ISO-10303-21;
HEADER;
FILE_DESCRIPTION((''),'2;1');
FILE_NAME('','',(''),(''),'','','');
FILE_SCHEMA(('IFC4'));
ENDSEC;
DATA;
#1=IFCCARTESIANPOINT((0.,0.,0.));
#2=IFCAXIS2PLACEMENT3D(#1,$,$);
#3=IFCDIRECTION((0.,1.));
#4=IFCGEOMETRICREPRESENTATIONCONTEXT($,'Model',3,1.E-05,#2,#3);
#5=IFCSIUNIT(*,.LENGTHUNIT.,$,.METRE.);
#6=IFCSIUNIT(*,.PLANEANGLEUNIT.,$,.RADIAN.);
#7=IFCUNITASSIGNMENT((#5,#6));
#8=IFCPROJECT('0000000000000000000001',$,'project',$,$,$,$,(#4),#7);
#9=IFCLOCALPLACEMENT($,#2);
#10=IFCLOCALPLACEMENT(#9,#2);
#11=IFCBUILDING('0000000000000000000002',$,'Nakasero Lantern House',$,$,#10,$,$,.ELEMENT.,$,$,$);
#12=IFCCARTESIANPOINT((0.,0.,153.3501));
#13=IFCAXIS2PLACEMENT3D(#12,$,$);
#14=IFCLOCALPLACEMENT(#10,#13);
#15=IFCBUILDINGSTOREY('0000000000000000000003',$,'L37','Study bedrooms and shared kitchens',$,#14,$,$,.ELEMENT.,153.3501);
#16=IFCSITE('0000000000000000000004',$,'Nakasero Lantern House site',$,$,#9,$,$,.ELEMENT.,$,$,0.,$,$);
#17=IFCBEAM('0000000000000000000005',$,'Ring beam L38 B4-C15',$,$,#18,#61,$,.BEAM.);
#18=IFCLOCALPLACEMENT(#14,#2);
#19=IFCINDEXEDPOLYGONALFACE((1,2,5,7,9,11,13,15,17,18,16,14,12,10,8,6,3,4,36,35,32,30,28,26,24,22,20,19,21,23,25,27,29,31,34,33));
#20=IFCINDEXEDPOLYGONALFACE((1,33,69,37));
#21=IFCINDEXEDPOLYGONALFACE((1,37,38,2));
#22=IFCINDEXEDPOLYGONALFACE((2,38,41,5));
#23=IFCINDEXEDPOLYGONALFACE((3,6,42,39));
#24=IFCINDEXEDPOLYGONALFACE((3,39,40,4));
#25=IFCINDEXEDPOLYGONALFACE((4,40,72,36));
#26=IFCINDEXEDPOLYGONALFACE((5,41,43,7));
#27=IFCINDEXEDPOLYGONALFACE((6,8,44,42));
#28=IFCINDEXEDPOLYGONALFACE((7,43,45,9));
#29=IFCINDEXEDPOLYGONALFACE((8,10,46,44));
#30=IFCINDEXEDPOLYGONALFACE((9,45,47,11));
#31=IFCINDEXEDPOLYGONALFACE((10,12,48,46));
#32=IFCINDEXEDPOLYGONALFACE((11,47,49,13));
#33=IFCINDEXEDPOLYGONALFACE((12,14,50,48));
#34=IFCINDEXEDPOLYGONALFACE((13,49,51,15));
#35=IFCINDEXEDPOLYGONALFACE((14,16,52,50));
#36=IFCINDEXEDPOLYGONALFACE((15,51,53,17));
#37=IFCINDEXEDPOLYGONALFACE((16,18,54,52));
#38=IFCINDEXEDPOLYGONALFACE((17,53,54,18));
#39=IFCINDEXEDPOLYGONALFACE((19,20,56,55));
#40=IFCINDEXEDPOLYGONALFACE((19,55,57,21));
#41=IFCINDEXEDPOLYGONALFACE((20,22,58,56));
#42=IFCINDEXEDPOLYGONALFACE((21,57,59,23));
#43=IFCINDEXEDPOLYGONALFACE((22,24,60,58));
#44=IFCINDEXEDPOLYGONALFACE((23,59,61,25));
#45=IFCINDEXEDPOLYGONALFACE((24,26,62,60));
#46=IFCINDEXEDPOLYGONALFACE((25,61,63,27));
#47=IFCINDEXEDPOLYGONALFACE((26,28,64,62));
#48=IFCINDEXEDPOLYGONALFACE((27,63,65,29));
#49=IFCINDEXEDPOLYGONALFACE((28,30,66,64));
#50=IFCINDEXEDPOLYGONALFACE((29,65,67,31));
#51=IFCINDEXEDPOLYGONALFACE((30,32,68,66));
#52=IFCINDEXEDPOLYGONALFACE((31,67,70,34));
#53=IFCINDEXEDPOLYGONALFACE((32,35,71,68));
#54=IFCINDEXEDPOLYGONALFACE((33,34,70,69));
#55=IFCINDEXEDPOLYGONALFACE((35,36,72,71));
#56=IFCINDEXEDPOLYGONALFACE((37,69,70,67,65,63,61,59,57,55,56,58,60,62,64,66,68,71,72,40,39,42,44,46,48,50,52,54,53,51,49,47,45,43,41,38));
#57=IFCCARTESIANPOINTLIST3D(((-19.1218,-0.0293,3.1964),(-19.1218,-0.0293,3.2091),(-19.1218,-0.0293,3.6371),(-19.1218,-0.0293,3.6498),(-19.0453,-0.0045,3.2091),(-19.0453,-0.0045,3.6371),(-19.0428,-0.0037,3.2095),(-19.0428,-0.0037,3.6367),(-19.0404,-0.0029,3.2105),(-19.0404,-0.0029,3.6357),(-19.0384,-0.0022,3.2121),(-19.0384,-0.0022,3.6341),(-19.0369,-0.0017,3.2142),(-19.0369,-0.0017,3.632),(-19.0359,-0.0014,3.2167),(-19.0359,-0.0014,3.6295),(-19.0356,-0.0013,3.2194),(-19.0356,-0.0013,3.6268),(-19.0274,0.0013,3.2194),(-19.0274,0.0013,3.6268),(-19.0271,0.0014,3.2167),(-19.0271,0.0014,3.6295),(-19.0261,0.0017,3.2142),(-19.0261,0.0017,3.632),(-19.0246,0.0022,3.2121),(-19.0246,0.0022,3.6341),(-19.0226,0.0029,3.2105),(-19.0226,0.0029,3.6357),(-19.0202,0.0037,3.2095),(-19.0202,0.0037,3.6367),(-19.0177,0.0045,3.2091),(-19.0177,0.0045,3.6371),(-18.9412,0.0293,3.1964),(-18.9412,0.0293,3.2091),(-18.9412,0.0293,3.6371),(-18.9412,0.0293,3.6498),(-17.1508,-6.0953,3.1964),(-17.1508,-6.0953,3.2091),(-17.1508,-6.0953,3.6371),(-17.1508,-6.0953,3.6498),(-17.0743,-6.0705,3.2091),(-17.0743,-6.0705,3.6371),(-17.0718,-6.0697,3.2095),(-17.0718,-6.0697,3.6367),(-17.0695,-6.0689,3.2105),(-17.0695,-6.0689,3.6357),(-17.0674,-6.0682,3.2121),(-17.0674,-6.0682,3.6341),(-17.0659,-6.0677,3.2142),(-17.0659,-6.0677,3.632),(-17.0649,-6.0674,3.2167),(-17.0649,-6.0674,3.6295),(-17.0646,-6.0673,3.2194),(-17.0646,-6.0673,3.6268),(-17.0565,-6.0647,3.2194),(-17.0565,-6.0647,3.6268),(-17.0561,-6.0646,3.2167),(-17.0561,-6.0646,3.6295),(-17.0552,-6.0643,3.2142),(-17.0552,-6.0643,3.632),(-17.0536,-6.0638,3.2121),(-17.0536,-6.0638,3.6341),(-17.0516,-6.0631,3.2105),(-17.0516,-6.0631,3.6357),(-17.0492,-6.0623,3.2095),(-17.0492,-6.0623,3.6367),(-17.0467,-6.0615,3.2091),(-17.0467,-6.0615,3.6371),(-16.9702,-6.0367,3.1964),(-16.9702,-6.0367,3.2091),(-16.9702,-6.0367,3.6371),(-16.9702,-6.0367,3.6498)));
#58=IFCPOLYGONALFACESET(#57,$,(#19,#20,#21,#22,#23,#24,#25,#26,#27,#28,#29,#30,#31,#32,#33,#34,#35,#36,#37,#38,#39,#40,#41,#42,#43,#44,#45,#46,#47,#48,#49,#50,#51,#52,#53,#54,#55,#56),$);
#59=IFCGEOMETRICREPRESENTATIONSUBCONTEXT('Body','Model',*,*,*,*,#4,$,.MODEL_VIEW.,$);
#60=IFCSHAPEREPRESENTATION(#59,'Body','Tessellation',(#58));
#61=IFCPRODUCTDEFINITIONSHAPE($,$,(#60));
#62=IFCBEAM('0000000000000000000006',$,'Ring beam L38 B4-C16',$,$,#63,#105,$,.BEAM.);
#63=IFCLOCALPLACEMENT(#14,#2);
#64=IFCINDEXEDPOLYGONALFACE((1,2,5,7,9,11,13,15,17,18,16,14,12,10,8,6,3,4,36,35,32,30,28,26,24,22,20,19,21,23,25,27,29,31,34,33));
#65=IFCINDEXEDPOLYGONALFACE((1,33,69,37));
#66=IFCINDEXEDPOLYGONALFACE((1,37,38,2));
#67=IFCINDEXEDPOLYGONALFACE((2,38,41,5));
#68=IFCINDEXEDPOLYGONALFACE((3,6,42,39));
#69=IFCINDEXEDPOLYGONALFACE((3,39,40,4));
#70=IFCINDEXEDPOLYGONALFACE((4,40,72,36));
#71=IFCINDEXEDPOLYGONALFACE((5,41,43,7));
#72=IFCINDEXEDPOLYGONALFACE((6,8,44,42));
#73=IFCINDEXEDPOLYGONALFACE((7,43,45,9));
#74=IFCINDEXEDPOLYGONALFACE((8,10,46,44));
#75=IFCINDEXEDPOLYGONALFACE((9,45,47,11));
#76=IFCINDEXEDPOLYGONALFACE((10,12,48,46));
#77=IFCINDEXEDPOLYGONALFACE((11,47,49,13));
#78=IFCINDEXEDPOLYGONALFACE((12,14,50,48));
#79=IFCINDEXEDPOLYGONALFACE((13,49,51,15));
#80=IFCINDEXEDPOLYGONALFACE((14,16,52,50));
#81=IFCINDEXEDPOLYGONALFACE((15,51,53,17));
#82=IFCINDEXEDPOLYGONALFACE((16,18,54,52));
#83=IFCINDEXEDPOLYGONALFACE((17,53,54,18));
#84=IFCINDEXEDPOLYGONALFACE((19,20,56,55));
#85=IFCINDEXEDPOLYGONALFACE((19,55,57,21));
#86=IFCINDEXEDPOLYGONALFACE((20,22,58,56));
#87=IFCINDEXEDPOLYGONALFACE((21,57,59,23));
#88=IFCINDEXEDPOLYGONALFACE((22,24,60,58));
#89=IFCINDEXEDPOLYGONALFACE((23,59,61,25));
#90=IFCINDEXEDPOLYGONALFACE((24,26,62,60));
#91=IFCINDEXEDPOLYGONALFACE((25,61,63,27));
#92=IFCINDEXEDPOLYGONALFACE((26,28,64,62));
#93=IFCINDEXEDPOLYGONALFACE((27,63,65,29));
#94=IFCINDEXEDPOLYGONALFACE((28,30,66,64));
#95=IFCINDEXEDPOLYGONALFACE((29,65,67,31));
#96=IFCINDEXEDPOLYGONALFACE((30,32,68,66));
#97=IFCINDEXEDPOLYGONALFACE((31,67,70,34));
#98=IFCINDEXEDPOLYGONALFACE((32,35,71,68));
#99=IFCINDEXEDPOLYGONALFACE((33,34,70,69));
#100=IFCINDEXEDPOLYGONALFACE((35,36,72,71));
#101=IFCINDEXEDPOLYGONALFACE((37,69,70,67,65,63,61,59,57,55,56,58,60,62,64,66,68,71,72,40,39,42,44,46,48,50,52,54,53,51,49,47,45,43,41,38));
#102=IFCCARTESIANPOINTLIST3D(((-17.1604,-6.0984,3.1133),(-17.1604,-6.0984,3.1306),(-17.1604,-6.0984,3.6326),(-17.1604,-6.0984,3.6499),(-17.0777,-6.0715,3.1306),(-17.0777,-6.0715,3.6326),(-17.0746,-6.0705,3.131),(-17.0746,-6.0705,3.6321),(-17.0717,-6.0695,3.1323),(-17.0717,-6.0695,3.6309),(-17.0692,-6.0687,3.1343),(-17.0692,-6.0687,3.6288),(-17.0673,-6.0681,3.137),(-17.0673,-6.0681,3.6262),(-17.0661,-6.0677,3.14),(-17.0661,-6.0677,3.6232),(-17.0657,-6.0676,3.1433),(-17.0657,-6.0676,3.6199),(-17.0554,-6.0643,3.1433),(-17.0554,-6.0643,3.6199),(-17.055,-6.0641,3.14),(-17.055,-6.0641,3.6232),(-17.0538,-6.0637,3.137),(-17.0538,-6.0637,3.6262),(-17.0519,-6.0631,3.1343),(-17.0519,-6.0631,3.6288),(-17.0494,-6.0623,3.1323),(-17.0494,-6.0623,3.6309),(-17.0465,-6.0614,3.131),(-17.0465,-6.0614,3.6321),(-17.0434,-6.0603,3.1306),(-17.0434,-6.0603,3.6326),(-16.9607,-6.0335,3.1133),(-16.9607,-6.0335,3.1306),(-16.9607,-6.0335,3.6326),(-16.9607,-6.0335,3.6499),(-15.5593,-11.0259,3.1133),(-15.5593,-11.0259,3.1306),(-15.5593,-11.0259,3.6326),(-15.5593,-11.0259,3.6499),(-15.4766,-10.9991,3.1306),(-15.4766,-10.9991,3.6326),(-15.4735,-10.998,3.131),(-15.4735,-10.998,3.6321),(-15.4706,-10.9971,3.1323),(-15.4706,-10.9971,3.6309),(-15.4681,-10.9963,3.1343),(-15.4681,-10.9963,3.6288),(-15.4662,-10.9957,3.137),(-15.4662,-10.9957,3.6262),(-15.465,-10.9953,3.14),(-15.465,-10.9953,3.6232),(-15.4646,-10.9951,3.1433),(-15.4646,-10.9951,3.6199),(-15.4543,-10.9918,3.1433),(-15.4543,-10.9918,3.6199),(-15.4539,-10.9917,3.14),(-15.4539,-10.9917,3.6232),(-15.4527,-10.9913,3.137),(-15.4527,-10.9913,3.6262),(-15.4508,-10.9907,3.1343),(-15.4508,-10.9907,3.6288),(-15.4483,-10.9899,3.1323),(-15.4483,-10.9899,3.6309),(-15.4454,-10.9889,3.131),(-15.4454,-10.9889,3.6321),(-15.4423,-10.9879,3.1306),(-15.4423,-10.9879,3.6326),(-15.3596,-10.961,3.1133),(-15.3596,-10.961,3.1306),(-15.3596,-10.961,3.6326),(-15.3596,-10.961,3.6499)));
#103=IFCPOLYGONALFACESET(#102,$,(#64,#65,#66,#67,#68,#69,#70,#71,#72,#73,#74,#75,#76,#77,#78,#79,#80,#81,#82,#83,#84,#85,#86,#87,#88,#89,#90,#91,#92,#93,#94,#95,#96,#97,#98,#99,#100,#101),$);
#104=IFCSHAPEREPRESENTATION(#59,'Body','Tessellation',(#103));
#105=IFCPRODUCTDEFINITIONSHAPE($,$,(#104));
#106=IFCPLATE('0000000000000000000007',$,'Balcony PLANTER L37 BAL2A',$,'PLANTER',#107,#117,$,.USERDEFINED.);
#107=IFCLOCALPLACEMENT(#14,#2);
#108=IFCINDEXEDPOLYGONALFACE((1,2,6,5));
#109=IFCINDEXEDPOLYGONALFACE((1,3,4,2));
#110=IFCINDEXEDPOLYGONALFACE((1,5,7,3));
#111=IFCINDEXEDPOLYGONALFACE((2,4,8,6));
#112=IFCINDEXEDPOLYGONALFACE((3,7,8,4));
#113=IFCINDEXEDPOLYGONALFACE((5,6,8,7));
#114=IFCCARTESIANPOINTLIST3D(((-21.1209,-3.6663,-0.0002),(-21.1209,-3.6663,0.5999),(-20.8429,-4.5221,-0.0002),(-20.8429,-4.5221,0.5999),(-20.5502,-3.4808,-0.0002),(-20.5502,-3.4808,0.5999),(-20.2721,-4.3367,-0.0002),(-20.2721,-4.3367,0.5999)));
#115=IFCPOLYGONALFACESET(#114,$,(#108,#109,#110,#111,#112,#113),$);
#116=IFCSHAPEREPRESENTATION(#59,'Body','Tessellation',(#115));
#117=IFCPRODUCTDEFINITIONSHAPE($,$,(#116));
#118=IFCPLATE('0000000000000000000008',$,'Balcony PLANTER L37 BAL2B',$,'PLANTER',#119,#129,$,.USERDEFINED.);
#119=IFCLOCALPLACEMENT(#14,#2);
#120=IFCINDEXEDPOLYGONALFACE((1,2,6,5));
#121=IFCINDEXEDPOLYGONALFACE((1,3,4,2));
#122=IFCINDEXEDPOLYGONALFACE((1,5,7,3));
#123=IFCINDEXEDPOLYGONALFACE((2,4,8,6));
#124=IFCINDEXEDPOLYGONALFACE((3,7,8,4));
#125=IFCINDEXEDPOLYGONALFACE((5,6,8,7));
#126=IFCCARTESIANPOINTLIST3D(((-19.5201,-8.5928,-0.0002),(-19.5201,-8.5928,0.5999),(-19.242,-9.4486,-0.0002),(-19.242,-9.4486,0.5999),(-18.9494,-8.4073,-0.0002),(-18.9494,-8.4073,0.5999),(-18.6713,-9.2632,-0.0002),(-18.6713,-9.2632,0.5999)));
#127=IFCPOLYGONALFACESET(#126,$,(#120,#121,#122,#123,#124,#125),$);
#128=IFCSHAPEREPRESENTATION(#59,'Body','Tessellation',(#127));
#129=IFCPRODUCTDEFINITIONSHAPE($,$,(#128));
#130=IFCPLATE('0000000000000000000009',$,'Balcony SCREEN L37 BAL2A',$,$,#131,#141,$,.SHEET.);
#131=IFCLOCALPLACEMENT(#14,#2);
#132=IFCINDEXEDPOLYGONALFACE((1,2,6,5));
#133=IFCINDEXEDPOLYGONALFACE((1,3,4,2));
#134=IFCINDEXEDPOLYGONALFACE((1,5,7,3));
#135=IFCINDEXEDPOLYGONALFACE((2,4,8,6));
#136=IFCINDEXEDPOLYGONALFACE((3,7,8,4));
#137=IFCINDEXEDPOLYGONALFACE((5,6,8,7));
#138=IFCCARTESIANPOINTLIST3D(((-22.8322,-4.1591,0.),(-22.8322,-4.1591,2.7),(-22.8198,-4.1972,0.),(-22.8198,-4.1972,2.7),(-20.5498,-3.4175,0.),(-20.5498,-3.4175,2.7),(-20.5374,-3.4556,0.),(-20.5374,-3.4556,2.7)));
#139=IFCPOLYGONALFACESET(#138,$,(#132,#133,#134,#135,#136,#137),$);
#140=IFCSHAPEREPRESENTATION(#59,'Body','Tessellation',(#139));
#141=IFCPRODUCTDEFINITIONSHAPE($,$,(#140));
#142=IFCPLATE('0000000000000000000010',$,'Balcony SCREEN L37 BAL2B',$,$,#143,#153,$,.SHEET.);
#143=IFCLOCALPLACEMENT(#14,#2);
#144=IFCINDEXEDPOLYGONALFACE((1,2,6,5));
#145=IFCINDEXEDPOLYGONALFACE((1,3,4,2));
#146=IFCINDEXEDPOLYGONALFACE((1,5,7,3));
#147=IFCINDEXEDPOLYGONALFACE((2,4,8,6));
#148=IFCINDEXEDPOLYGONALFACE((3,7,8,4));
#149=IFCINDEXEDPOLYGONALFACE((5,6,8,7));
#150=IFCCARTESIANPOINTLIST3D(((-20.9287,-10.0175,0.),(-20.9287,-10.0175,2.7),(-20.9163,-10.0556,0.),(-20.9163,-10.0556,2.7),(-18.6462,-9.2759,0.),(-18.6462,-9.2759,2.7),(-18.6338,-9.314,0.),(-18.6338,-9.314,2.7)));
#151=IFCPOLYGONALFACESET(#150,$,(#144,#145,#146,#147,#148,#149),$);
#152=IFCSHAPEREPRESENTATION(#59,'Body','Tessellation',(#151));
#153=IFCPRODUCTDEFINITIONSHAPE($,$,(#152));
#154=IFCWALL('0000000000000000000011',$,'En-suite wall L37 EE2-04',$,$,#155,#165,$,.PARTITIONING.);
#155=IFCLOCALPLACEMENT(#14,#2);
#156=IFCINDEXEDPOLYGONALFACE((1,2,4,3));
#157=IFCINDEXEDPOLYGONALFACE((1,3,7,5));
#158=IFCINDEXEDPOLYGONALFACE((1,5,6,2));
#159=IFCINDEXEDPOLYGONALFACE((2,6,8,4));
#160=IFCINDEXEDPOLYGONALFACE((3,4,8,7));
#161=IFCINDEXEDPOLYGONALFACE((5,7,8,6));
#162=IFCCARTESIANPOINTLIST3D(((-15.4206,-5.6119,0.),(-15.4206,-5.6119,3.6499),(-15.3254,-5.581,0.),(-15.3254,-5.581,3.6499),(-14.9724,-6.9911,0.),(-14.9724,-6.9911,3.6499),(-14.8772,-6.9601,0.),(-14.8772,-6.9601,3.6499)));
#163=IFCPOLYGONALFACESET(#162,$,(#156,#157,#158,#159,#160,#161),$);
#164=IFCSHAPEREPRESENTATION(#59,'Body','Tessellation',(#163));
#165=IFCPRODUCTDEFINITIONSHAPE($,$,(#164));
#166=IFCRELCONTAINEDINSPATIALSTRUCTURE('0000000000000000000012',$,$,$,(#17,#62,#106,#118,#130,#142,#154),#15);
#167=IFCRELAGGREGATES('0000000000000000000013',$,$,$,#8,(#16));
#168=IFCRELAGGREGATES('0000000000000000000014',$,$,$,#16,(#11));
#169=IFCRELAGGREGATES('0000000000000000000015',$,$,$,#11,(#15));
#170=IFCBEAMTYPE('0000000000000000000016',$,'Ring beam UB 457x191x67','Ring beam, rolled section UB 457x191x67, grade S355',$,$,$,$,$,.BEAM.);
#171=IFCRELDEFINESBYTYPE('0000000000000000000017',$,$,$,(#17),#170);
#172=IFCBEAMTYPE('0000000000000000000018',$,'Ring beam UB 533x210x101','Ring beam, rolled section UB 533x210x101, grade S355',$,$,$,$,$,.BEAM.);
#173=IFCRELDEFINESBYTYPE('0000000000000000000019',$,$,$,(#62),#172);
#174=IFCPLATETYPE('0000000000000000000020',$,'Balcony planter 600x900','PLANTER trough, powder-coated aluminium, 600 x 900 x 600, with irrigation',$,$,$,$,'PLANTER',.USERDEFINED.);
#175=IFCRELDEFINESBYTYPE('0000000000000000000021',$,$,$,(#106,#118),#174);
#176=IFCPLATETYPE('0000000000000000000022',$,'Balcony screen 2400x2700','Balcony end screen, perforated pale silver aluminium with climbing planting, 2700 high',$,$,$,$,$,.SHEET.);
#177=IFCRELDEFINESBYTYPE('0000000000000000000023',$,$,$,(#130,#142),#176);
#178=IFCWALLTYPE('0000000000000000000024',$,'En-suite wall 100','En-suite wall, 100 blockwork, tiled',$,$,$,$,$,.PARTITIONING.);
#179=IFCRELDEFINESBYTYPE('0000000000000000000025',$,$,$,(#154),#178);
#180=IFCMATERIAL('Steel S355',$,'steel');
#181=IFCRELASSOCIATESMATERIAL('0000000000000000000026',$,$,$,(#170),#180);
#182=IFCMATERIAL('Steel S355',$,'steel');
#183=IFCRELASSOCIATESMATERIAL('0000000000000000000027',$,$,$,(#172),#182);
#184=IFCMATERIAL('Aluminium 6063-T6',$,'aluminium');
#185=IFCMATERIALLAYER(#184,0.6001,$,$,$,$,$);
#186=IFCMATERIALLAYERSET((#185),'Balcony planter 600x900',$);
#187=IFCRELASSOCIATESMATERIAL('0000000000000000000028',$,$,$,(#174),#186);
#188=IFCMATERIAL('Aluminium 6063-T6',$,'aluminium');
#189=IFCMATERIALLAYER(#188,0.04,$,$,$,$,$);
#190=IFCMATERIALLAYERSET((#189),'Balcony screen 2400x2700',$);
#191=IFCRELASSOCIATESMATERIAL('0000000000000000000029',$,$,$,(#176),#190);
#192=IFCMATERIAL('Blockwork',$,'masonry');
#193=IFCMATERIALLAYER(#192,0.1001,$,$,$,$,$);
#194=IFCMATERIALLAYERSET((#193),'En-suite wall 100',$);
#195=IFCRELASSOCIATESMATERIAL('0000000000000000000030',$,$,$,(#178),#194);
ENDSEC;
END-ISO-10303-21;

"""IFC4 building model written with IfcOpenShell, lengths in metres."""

from ifc_helpers import new_model, si_unit, direction, frame, frame_2d, origin, origin_2d, place, context, subcontext, project, spatial, rectangle, i_section, extrude, material, layer, layer_set, material_profile, profile_set, type_object, element, save


model = new_model("IFC4")

# Units and contexts
model_context = context("Model", 3, precision=1e-05, world=origin(), true_north=direction((0.0, 1.0)))
body_context = subcontext(model_context, "Body", "Model", "MODEL_VIEW")
ifc_project = project(units=[si_unit("LENGTHUNIT", "METRE"), si_unit("PLANEANGLEUNIT", "RADIAN")], contexts=[model_context])

# Site, building, storey
site_placement = place(None, origin())
site = spatial("IfcSite", under=ifc_project, at=site_placement, Name="Nakasero Lantern House site", CompositionType="ELEMENT", RefElevation=0.0)
building_placement = place(site_placement, origin())
building = spatial("IfcBuilding", under=site, at=building_placement, Name="Nakasero Lantern House", CompositionType="ELEMENT")
storey_placement = place(building_placement, frame((0.0, 0.0, 153.3501)))
storey = spatial("IfcBuildingStorey", under=building, at=storey_placement, Name="L37", Description="Study bedrooms and shared kitchens", CompositionType="ELEMENT", Elevation=153.3501)

# Beams
ifc_material_1 = material(Name="Steel S355", Category="steel")
ifc_material_profile_1 = material_profile(ifc_material_1, i_section(OverallWidth=0.1899, OverallDepth=0.4534, WebThickness=0.0085, FlangeThickness=0.0127, FilletRadius=0.0103, at=origin_2d()), Name="UB 457x191x67")
ifc_profile_set_1 = profile_set([ifc_material_profile_1], Name="Steel S355")
beam_type_1 = type_object("IfcBeamType", Name="Ring beam UB 457x191x67", Description="Ring beam, rolled section UB 457x191x67, grade S355", PredefinedType="BEAM", material=ifc_profile_set_1)
beam_1_placement = place(storey_placement, frame((-19.0315, 0.0, 3.4231), z_axis=(0.309019, -0.951056, 0.0), x_axis=(0.951056, 0.309019, 0.0)))
element("IfcBeam", 1, at=beam_1_placement, inside=storey, type_object=beam_type_1, Name="Ring beam L38 B4-C15", PredefinedType="BEAM", context=body_context, shape_type="SweptSolid", body=[
    extrude(i_section(OverallWidth=0.1899, OverallDepth=0.4534, WebThickness=0.0085, FlangeThickness=0.0127, FilletRadius=0.0103, at=origin_2d()), origin(), (0.0, 0.0, 1.0), 6.3782),
])
ifc_material_2 = material(Name="Steel S355", Category="steel")
ifc_material_profile_2 = material_profile(ifc_material_2, i_section(OverallWidth=0.21, OverallDepth=0.5366, WebThickness=0.0107, FlangeThickness=0.0173, FilletRadius=0.0127, at=origin_2d()), Name="UB 533x210x101")
ifc_profile_set_2 = profile_set([ifc_material_profile_2], Name="Steel S355")
beam_type_2 = type_object("IfcBeamType", Name="Ring beam UB 533x210x101", Description="Ring beam, rolled section UB 533x210x101, grade S355", PredefinedType="BEAM", material=ifc_profile_set_2)
beam_2_placement = place(storey_placement, frame((-17.0605, -6.0659, 3.3816), z_axis=(0.309023, -0.951054, 0.0), x_axis=(0.951054, 0.309023, 0.0)))
element("IfcBeam", 2, at=beam_2_placement, inside=storey, type_object=beam_type_2, Name="Ring beam L38 B4-C16", PredefinedType="BEAM", context=body_context, shape_type="SweptSolid", body=[
    extrude(i_section(OverallWidth=0.21, OverallDepth=0.5366, WebThickness=0.0107, FlangeThickness=0.0173, FilletRadius=0.0127, at=origin_2d()), origin(), (0.0, 0.0, 1.0), 5.1812),
])

# Plates
ifc_material_3 = material(Name="Aluminium 6063-T6", Category="aluminium")
ifc_layer_1 = layer(ifc_material_3, 0.6001)
ifc_layer_set_1 = layer_set([ifc_layer_1], Name="Balcony planter 600x900")
plate_type_1 = type_object("IfcPlateType", Name="Balcony planter 600x900", Description="PLANTER trough, powder-coated aluminium, 600 x 900 x 600, with irrigation", ElementType="PLANTER", PredefinedType="USERDEFINED", material=ifc_layer_set_1)
for number, where, z_axis, x_axis, name in (
    (3, (-20.6965, -4.0015, -0.0002), (0.0, 0.0, 1.0), (-0.951057, -0.309017, 0.0), "Balcony PLANTER L37 BAL2A"),
    (4, (-19.0957, -8.928, -0.0002), (0.0, 0.0, 1.0), (-0.951057, -0.309017, 0.0), "Balcony PLANTER L37 BAL2B"),
):
    element("IfcPlate", number, at=place(storey_placement, frame(where, z_axis=z_axis, x_axis=x_axis)), inside=storey, type_object=plate_type_1, Name=name, ObjectType="PLANTER", PredefinedType="USERDEFINED", context=body_context, shape_type="SweptSolid", body=[
        extrude(rectangle(XDim=0.6001, YDim=0.8999, at=origin_2d()), origin(), (0.0, 0.0, 1.0), 0.6001),
    ])
ifc_material_4 = material(Name="Aluminium 6063-T6", Category="aluminium")
ifc_layer_2 = layer(ifc_material_4, 0.04)
ifc_layer_set_2 = layer_set([ifc_layer_2], Name="Balcony screen 2400x2700")
plate_type_2 = type_object("IfcPlateType", Name="Balcony screen 2400x2700", Description="Balcony end screen, perforated pale silver aluminium with climbing planting, 2700 high", PredefinedType="SHEET", material=ifc_layer_set_2)
for number, where, z_axis, x_axis, name in (
    (5, (-21.6848, -3.8074, 0.0), (0.0, 0.0, 1.0), (-0.951057, -0.309017, 0.0), "Balcony SCREEN L37 BAL2A"),
    (6, (-19.7812, -9.6658, 0.0), (0.0, 0.0, 1.0), (-0.951057, -0.309017, 0.0), "Balcony SCREEN L37 BAL2B"),
):
    element("IfcPlate", number, at=place(storey_placement, frame(where, z_axis=z_axis, x_axis=x_axis)), inside=storey, type_object=plate_type_2, Name=name, PredefinedType="SHEET", context=body_context, shape_type="SweptSolid", body=[
        extrude(rectangle(XDim=2.3999, YDim=0.04, at=origin_2d()), origin(), (0.0, 0.0, 1.0), 2.7),
    ])

# Wall
ifc_material_5 = material(Name="Blockwork", Category="masonry")
ifc_layer_3 = layer(ifc_material_5, 0.1001)
ifc_layer_set_3 = layer_set([ifc_layer_3], Name="En-suite wall 100")
wall_type_1 = type_object("IfcWallType", Name="En-suite wall 100", Description="En-suite wall, 100 blockwork, tiled", PredefinedType="PARTITIONING", material=ifc_layer_set_3)
wall_1_placement = place(storey_placement, frame((-15.373, -5.5964, 0.0), z_axis=(0.0, 0.0, 1.0), x_axis=(0.309097, -0.95103, 0.0)))
element("IfcWall", 7, at=wall_1_placement, inside=storey, type_object=wall_type_1, Name="En-suite wall L37 EE2-04", PredefinedType="PARTITIONING", context=body_context, shape_type="SweptSolid", body=[
    extrude(rectangle(XDim=1.4502, YDim=0.1001, at=frame_2d((0.7251, 0.0))), origin(), (0.0, 0.0, 1.0), 3.6499),
])

save(model, "model.ifc")
